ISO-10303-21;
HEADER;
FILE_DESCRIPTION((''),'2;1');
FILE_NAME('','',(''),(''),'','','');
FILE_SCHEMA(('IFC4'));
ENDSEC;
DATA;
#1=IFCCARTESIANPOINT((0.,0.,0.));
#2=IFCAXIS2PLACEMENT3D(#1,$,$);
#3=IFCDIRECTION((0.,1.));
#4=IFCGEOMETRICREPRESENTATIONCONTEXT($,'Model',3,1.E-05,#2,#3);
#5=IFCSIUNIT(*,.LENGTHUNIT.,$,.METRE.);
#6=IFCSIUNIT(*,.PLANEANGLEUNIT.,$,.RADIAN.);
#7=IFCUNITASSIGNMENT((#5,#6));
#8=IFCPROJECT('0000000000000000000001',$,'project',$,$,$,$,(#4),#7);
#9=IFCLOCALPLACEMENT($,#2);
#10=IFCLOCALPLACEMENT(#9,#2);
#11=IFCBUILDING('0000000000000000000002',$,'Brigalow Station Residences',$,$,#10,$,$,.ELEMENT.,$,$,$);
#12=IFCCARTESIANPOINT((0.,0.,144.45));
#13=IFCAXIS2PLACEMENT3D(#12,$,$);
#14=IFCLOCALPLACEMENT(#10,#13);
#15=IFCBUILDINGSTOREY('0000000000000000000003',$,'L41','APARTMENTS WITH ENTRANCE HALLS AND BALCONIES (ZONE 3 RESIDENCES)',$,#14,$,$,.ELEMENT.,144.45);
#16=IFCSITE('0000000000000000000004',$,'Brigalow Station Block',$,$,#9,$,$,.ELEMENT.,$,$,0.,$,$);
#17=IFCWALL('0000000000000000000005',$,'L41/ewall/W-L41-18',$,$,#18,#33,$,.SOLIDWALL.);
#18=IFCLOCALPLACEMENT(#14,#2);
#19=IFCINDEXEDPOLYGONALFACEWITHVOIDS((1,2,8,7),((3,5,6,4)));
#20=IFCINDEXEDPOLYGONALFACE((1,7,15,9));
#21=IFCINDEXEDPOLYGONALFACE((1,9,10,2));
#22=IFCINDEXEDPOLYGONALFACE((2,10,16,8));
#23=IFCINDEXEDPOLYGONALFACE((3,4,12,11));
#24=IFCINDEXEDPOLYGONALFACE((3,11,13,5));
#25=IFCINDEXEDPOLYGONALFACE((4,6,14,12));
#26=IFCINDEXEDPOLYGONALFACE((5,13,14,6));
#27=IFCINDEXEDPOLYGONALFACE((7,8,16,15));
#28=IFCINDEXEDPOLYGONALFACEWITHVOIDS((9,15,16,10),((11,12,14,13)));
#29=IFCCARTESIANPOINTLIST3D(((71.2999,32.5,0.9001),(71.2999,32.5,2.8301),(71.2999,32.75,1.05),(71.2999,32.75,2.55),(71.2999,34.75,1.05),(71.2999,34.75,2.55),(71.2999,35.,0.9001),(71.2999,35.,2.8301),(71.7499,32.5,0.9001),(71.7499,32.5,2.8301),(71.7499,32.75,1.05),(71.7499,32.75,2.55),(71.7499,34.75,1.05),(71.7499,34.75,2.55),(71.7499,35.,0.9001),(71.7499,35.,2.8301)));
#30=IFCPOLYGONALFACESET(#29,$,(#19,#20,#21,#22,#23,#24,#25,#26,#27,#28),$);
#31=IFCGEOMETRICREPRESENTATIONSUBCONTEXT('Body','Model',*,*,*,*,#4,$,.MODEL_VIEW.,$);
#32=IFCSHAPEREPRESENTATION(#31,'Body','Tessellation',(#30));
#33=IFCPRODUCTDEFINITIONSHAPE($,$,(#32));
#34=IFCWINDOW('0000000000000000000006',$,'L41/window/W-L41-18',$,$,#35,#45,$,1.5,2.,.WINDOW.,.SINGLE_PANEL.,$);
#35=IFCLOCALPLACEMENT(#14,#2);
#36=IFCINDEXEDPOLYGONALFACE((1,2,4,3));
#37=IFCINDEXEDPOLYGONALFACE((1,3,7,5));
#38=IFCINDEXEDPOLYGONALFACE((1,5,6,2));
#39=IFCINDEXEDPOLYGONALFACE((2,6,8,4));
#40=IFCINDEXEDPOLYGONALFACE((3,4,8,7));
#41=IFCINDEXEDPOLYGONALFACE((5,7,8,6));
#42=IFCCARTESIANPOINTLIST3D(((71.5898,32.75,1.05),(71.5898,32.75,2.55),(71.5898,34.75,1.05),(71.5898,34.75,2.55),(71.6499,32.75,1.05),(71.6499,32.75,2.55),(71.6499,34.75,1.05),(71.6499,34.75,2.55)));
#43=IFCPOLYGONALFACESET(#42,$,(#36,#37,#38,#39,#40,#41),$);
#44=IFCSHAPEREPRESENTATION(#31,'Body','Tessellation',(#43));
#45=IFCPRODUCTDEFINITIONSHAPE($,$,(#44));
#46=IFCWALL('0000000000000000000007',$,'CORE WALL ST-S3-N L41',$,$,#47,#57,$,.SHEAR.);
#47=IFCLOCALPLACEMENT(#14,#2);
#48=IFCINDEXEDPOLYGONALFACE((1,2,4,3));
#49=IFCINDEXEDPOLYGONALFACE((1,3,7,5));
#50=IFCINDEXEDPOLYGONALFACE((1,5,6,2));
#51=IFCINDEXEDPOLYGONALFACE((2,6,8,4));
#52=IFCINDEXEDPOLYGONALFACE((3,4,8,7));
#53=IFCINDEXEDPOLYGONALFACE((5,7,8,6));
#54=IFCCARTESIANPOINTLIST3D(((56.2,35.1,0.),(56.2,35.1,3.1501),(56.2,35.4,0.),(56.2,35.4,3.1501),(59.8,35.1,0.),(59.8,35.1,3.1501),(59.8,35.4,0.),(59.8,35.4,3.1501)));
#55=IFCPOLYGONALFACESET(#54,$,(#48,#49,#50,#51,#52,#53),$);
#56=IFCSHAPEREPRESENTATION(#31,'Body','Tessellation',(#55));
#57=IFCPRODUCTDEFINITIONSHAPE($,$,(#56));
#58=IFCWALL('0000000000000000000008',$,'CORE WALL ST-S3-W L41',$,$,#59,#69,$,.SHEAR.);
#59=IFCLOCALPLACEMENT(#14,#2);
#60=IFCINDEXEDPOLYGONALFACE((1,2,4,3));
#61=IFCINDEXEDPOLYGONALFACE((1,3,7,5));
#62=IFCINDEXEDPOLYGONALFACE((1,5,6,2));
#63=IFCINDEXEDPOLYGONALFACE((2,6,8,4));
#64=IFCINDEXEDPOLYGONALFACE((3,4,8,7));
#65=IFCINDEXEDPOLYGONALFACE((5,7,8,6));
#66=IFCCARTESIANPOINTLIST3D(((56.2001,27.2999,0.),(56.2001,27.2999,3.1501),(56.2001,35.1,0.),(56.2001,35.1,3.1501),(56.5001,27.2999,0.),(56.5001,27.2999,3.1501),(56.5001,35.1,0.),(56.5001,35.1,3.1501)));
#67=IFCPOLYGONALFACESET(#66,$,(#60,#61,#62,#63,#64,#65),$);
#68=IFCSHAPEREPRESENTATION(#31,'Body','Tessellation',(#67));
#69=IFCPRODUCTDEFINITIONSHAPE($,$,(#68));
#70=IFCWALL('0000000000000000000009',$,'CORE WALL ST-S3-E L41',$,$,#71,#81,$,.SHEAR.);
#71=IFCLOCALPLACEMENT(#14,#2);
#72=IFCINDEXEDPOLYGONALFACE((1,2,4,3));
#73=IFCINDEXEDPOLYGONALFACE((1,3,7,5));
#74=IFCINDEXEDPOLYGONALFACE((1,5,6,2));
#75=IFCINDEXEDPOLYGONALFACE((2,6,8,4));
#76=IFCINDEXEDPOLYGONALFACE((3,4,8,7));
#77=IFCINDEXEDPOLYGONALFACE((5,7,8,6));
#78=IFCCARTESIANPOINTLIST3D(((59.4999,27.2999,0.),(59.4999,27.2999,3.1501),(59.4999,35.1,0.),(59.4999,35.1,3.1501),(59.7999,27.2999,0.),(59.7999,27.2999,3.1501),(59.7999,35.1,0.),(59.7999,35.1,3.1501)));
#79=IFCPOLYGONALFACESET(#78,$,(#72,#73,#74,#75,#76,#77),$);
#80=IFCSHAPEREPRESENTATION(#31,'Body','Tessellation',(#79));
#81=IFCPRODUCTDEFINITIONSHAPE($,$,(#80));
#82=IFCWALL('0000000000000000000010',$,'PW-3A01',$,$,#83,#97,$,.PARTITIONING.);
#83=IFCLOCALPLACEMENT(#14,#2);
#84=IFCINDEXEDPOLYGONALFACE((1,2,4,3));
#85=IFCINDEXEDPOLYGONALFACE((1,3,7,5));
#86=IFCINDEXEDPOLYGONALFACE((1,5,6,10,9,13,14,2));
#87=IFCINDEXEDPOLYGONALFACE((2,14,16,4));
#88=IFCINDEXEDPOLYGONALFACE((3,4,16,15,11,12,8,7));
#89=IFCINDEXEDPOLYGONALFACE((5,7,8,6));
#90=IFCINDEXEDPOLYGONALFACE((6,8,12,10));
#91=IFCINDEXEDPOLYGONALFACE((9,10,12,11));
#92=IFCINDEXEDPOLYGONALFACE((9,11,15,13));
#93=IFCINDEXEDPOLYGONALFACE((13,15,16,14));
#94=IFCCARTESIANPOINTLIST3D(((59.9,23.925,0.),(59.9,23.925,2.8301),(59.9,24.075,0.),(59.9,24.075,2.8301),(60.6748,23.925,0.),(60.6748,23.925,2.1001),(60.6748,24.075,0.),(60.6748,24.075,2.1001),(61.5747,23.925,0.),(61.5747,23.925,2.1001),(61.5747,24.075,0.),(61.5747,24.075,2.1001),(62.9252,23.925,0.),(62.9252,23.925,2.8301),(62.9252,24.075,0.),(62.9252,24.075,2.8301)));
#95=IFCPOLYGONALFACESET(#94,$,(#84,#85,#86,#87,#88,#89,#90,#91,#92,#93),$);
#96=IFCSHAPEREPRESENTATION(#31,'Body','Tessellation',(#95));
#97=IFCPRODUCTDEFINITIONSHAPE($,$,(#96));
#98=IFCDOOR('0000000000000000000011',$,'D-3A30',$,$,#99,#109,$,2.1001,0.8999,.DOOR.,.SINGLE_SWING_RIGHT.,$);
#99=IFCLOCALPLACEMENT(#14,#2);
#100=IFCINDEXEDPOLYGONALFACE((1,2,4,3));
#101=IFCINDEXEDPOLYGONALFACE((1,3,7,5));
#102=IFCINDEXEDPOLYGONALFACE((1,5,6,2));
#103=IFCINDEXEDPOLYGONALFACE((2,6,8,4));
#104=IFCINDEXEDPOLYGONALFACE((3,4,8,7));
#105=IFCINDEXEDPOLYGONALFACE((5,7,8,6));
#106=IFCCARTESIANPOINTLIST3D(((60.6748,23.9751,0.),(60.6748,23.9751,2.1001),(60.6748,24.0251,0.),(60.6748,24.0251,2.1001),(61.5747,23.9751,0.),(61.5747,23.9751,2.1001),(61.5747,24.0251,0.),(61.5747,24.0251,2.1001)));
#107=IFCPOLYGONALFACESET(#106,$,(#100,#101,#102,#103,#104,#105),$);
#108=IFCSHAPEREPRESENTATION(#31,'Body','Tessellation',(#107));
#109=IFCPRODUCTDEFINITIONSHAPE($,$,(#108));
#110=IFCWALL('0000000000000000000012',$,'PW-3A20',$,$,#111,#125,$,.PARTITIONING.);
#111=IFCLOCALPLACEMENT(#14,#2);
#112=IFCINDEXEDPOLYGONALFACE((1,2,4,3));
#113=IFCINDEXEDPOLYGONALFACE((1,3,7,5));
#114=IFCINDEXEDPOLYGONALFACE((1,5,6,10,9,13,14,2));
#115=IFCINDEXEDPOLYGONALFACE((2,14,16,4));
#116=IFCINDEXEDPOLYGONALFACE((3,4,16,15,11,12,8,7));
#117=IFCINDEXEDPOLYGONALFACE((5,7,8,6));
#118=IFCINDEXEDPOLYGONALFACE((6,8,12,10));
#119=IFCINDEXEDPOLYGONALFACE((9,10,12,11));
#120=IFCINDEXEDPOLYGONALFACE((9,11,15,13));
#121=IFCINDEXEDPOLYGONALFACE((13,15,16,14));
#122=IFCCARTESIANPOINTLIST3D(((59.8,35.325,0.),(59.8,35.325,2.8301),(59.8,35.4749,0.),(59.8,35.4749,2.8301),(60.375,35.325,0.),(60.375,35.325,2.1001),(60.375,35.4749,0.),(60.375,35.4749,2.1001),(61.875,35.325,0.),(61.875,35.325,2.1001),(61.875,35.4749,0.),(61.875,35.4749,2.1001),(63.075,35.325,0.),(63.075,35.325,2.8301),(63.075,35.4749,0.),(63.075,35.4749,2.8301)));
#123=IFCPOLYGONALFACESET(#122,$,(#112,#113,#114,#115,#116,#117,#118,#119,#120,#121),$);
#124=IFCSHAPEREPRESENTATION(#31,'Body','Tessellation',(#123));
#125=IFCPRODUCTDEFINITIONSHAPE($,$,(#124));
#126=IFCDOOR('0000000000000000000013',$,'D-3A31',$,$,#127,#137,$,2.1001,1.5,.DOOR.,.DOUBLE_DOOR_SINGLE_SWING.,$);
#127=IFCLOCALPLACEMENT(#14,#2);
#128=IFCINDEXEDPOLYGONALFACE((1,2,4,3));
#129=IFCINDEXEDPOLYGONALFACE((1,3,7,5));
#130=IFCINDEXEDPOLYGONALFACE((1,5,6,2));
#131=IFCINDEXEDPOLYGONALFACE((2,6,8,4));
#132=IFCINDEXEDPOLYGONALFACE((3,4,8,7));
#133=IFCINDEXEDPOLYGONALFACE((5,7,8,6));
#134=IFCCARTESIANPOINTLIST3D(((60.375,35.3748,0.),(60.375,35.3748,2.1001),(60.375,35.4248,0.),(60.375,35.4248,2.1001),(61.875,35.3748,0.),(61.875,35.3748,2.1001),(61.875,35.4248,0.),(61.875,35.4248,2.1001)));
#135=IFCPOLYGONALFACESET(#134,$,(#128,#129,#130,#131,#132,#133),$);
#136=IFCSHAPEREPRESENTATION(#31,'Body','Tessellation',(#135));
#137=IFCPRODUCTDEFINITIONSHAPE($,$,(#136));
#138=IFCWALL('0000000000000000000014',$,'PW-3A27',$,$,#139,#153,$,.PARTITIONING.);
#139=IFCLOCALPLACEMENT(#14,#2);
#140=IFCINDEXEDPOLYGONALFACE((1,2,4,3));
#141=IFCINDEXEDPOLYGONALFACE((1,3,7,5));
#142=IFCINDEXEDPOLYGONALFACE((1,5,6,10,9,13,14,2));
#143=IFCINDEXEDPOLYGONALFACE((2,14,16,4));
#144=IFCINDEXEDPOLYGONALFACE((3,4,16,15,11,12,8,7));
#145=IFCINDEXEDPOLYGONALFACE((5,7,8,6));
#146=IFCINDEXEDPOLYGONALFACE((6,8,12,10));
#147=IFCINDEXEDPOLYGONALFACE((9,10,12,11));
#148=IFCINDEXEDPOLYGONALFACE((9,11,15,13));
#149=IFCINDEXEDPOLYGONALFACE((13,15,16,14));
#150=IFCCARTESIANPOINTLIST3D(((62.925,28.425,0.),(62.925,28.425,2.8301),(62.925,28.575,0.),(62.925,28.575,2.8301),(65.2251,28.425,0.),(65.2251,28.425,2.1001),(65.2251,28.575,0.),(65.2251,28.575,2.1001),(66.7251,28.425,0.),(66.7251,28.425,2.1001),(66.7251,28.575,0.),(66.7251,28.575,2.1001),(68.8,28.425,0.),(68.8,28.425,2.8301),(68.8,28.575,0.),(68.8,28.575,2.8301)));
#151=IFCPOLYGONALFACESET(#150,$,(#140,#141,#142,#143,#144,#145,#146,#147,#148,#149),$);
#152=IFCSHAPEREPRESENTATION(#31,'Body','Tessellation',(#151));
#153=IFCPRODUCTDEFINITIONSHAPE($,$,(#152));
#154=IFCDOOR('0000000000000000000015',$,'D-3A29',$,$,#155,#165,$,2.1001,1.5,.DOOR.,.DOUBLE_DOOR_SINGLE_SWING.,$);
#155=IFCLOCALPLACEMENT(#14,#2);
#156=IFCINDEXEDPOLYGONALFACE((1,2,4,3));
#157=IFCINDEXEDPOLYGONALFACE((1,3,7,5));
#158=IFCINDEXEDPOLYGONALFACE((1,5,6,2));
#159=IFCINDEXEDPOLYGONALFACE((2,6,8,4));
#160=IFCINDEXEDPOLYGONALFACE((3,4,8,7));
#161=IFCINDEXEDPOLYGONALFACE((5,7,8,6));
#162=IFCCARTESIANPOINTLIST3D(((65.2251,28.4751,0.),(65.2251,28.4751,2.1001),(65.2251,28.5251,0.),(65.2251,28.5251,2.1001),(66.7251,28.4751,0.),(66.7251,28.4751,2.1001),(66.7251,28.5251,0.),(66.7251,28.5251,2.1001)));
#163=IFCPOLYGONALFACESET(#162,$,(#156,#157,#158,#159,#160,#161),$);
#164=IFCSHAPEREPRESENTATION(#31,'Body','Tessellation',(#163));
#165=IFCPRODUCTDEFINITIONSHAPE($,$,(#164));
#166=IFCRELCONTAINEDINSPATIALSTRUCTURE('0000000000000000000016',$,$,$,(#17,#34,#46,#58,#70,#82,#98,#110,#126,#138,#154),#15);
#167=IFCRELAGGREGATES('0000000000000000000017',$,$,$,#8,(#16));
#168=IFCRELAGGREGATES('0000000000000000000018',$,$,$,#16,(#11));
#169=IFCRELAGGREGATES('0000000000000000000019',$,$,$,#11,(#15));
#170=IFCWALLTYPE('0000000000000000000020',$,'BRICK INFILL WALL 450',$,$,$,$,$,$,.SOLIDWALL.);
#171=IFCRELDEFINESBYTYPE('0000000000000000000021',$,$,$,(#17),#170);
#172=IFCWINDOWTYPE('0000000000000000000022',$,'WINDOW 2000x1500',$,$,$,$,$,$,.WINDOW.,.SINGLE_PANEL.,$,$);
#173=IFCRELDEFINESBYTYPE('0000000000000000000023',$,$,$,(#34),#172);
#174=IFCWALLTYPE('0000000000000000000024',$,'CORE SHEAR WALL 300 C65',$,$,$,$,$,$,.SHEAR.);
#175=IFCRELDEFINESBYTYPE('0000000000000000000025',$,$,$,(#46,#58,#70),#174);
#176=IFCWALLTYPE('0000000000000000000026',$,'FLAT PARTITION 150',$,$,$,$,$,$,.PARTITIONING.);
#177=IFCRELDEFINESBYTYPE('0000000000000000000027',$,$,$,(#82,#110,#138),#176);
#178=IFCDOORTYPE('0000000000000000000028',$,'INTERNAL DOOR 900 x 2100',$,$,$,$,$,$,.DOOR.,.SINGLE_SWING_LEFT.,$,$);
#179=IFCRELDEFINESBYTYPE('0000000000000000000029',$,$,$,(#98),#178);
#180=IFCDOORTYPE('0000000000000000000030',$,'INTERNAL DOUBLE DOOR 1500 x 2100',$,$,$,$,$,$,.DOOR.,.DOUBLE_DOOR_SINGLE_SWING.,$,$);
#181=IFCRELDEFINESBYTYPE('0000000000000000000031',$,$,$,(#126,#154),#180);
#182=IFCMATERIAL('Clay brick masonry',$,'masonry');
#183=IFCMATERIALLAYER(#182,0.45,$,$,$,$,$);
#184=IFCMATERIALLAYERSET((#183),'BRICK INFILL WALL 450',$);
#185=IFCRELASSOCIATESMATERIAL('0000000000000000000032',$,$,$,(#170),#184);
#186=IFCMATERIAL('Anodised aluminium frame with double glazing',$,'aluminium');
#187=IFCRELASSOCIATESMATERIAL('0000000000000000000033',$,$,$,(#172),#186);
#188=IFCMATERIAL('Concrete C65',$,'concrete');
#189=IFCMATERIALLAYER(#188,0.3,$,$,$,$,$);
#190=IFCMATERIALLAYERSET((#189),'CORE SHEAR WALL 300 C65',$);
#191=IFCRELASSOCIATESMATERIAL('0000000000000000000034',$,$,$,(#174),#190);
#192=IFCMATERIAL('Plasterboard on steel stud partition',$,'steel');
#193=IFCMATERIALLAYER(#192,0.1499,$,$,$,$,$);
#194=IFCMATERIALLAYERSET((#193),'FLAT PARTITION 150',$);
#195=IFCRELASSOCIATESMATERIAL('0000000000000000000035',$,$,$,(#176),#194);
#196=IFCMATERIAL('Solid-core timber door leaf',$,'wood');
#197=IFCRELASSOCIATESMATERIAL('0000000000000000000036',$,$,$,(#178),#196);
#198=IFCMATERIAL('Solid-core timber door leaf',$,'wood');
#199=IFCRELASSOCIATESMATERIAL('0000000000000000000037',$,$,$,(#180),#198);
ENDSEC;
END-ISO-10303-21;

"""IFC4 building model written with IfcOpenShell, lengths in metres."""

from ifc_helpers import new_model, si_unit, direction, frame, frame_2d, origin, place, context, subcontext, project, spatial, rectangle, extrude, material, layer, layer_set, type_object, element, fill, save


model = new_model("IFC4")

# Units and contexts
model_context = context("Model", 3, precision=1e-05, world=origin(), true_north=direction((0.0, 1.0)))
body_context = subcontext(model_context, "Body", "Model", "MODEL_VIEW")
ifc_project = project(units=[si_unit("LENGTHUNIT", "METRE"), si_unit("PLANEANGLEUNIT", "RADIAN")], contexts=[model_context])

# Site, building, storey
site_placement = place(None, origin())
site = spatial("IfcSite", under=ifc_project, at=site_placement, Name="Brigalow Station Block", CompositionType="ELEMENT", RefElevation=0.0)
building_placement = place(site_placement, origin())
building = spatial("IfcBuilding", under=site, at=building_placement, Name="Brigalow Station Residences", CompositionType="ELEMENT")
storey_placement = place(building_placement, frame((0.0, 0.0, 144.45)))
storey = spatial("IfcBuildingStorey", under=building, at=storey_placement, Name="L41", Description="APARTMENTS WITH ENTRANCE HALLS AND BALCONIES (ZONE 3 RESIDENCES)", CompositionType="ELEMENT", Elevation=144.45)

# Shared definitions
ifc_material_1 = material(Name="Clay brick masonry", Category="masonry")
ifc_layer_1 = layer(ifc_material_1, 0.45)
ifc_layer_set_1 = layer_set([ifc_layer_1], Name="BRICK INFILL WALL 450")
wall_type_1 = type_object("IfcWallType", Name="BRICK INFILL WALL 450", PredefinedType="SOLIDWALL", material=ifc_layer_set_1)

# Wall, opening, window
wall_1_placement = place(storey_placement, frame((71.5249, 32.5, 0.9001), z_axis=(0.0, 0.0, 1.0), x_axis=(0.0, 1.0, 0.0)))
wall_1 = element("IfcWall", 1, at=wall_1_placement, inside=storey, type_object=wall_type_1, Name="L41/ewall/W-L41-18", PredefinedType="SOLIDWALL", context=body_context, shape_type="SweptSolid", body=[
    extrude(rectangle(XDim=2.5, YDim=0.45, at=frame_2d((1.25, 0.0))), origin(), (0.0, 0.0, 1.0), 1.9299),
])
opening_1_placement = place(wall_1_placement, frame((0.25, 0.0, 0.1499)))
opening_1 = element("IfcOpeningElement", 2, at=opening_1_placement, cuts=wall_1, PredefinedType="OPENING", context=body_context, shape_type="SweptSolid", body=[
    extrude(rectangle(XDim=2.0, YDim=1.5, at=frame_2d((1.0, 0.75))), frame((0.0, 0.2349, 0.0), z_axis=(0.0, -1.0, 0.0), x_axis=(1.0, 0.0, 0.0)), (0.0, 0.0, 1.0), 0.47),
])
ifc_material_2 = material(Name="Anodised aluminium frame with double glazing", Category="aluminium")
window_type_1 = type_object("IfcWindowType", Name="WINDOW 2000x1500", PartitioningType="SINGLE_PANEL", PredefinedType="WINDOW", material=ifc_material_2)
window_1_placement = place(opening_1_placement, origin())
window_1 = element("IfcWindow", 3, at=window_1_placement, inside=storey, type_object=window_type_1, Name="L41/window/W-L41-18", OverallHeight=1.5, OverallWidth=2.0, PartitioningType="SINGLE_PANEL", PredefinedType="WINDOW", context=body_context, shape_type="SweptSolid", body=[
    extrude(rectangle(XDim=2.0, YDim=1.5, at=frame_2d((1.0, 0.75))), frame((0.0, -0.0649, 0.0), z_axis=(0.0, -1.0, 0.0), x_axis=(1.0, 0.0, 0.0)), (0.0, 0.0, 1.0), 0.0601),
])
fill(opening_1, window_1)

# Walls
ifc_material_3 = material(Name="Concrete C65", Category="concrete")
ifc_layer_2 = layer(ifc_material_3, 0.3)
ifc_layer_set_2 = layer_set([ifc_layer_2], Name="CORE SHEAR WALL 300 C65")
wall_type_2 = type_object("IfcWallType", Name="CORE SHEAR WALL 300 C65", PredefinedType="SHEAR", material=ifc_layer_set_2)
wall_2_placement = place(storey_placement, frame((56.2, 35.25, 0.0), z_axis=(0.0, 0.0, 1.0), x_axis=(1.0, 0.0, 0.0)))
element("IfcWall", 4, at=wall_2_placement, inside=storey, type_object=wall_type_2, Name="CORE WALL ST-S3-N L41", PredefinedType="SHEAR", context=body_context, shape_type="SweptSolid", body=[
    extrude(rectangle(XDim=3.6001, YDim=0.3, at=frame_2d((1.8, 0.0))), origin(), (0.0, 0.0, 1.0), 3.1501),
])
for number, where, z_axis, x_axis, name in (
    (5, (56.3501, 27.3, 0.0), (0.0, 0.0, 1.0), (0.0, 1.0, 0.0), "CORE WALL ST-S3-W L41"),
    (6, (59.6499, 27.3, 0.0), (0.0, 0.0, 1.0), (0.0, 1.0, 0.0), "CORE WALL ST-S3-E L41"),
):
    element("IfcWall", number, at=place(storey_placement, frame(where, z_axis=z_axis, x_axis=x_axis)), inside=storey, type_object=wall_type_2, Name=name, PredefinedType="SHEAR", context=body_context, shape_type="SweptSolid", body=[
        extrude(rectangle(XDim=7.8, YDim=0.3, at=frame_2d((3.8999, 0.0))), origin(), (0.0, 0.0, 1.0), 3.1501),
    ])

# Walls, openings, doors
ifc_material_4 = material(Name="Plasterboard on steel stud partition", Category="steel")
ifc_layer_3 = layer(ifc_material_4, 0.1499)
ifc_layer_set_3 = layer_set([ifc_layer_3], Name="FLAT PARTITION 150")
wall_type_3 = type_object("IfcWallType", Name="FLAT PARTITION 150", PredefinedType="PARTITIONING", material=ifc_layer_set_3)
wall_3_placement = place(storey_placement, frame((59.8999, 24.0, 0.0), z_axis=(0.0, 0.0, 1.0), x_axis=(1.0, 0.0, 0.0)))
wall_3 = element("IfcWall", 7, at=wall_3_placement, inside=storey, type_object=wall_type_3, Name="PW-3A01", PredefinedType="PARTITIONING", context=body_context, shape_type="SweptSolid", body=[
    extrude(rectangle(XDim=3.0251, YDim=0.1499, at=frame_2d((1.5127, 0.0))), origin(), (0.0, 0.0, 1.0), 2.8301),
])
opening_2_placement = place(wall_3_placement, frame((0.7749, 0.0, 0.0)))
opening_2 = element("IfcOpeningElement", 8, at=opening_2_placement, cuts=wall_3, PredefinedType="OPENING", context=body_context, shape_type="SweptSolid", body=[
    extrude(rectangle(XDim=0.8999, YDim=2.1001, at=frame_2d((0.45, 1.05))), frame((0.0, 0.085, 0.0), z_axis=(0.0, -1.0, 0.0), x_axis=(1.0, 0.0, 0.0)), (0.0, 0.0, 1.0), 0.1699),
])
ifc_material_5 = material(Name="Solid-core timber door leaf", Category="wood")
door_type_1 = type_object("IfcDoorType", Name="INTERNAL DOOR 900 x 2100", OperationType="SINGLE_SWING_LEFT", PredefinedType="DOOR", material=ifc_material_5)
door_1_placement = place(opening_2_placement, frame((0.8999, 0.0, 0.0), z_axis=(0.0, 0.0, 1.0), x_axis=(-1.0, 0.0, 0.0)))
door_1 = element("IfcDoor", 9, at=door_1_placement, inside=storey, type_object=door_type_1, Name="D-3A30", OperationType="SINGLE_SWING_RIGHT", OverallHeight=2.1001, OverallWidth=0.8999, PredefinedType="DOOR", context=body_context, shape_type="SweptSolid", body=[
    extrude(rectangle(XDim=0.8999, YDim=2.1001, at=frame_2d((0.45, 1.05))), frame((0.0, 0.0249, 0.0), z_axis=(0.0, -1.0, 0.0), x_axis=(1.0, 0.0, 0.0)), (0.0, 0.0, 1.0), 0.05),
])
fill(opening_2, door_1)
wall_4_placement = place(storey_placement, frame((59.8, 35.3999, 0.0), z_axis=(0.0, 0.0, 1.0), x_axis=(1.0, 0.0, 0.0)))
wall_4 = element("IfcWall", 10, at=wall_4_placement, inside=storey, type_object=wall_type_3, Name="PW-3A20", PredefinedType="PARTITIONING", context=body_context, shape_type="SweptSolid", body=[
    extrude(rectangle(XDim=3.2749, YDim=0.1499, at=frame_2d((1.6375, 0.0))), origin(), (0.0, 0.0, 1.0), 2.8301),
])
opening_3_placement = place(wall_4_placement, frame((0.575, 0.0, 0.0)))
opening_3 = element("IfcOpeningElement", 11, at=opening_3_placement, cuts=wall_4, PredefinedType="OPENING", context=body_context, shape_type="SweptSolid", body=[
    extrude(rectangle(XDim=1.5, YDim=2.1001, at=frame_2d((0.75, 1.05))), frame((0.0, 0.085, 0.0), z_axis=(0.0, -1.0, 0.0), x_axis=(1.0, 0.0, 0.0)), (0.0, 0.0, 1.0), 0.1699),
])
ifc_material_6 = material(Name="Solid-core timber door leaf", Category="wood")
door_type_2 = type_object("IfcDoorType", Name="INTERNAL DOUBLE DOOR 1500 x 2100", OperationType="DOUBLE_DOOR_SINGLE_SWING", PredefinedType="DOOR", material=ifc_material_6)
door_2_placement = place(opening_3_placement, origin())
door_2 = element("IfcDoor", 12, at=door_2_placement, inside=storey, type_object=door_type_2, Name="D-3A31", OperationType="DOUBLE_DOOR_SINGLE_SWING", OverallHeight=2.1001, OverallWidth=1.5, PredefinedType="DOOR", context=body_context, shape_type="SweptSolid", body=[
    extrude(rectangle(XDim=1.5, YDim=2.1001, at=frame_2d((0.75, 1.05))), frame((0.0, 0.0249, 0.0), z_axis=(0.0, -1.0, 0.0), x_axis=(1.0, 0.0, 0.0)), (0.0, 0.0, 1.0), 0.05),
])
fill(opening_3, door_2)
wall_5_placement = place(storey_placement, frame((62.925, 28.5, 0.0), z_axis=(0.0, 0.0, 1.0), x_axis=(1.0, 0.0, 0.0)))
wall_5 = element("IfcWall", 13, at=wall_5_placement, inside=storey, type_object=wall_type_3, Name="PW-3A27", PredefinedType="PARTITIONING", context=body_context, shape_type="SweptSolid", body=[
    extrude(rectangle(XDim=5.875, YDim=0.1499, at=frame_2d((2.9375, 0.0))), origin(), (0.0, 0.0, 1.0), 2.8301),
])
opening_4_placement = place(wall_5_placement, frame((2.3, 0.0, 0.0)))
opening_4 = element("IfcOpeningElement", 14, at=opening_4_placement, cuts=wall_5, PredefinedType="OPENING", context=body_context, shape_type="SweptSolid", body=[
    extrude(rectangle(XDim=1.5, YDim=2.1001, at=frame_2d((0.75, 1.05))), frame((0.0, 0.085, 0.0), z_axis=(0.0, -1.0, 0.0), x_axis=(1.0, 0.0, 0.0)), (0.0, 0.0, 1.0), 0.1699),
])
door_3_placement = place(opening_4_placement, frame((1.5, 0.0, 0.0), z_axis=(0.0, 0.0, 1.0), x_axis=(-1.0, 0.0, 0.0)))
door_3 = element("IfcDoor", 15, at=door_3_placement, inside=storey, type_object=door_type_2, Name="D-3A29", OperationType="DOUBLE_DOOR_SINGLE_SWING", OverallHeight=2.1001, OverallWidth=1.5, PredefinedType="DOOR", context=body_context, shape_type="SweptSolid", body=[
    extrude(rectangle(XDim=1.5, YDim=2.1001, at=frame_2d((0.75, 1.05))), frame((0.0, 0.0249, 0.0), z_axis=(0.0, -1.0, 0.0), x_axis=(1.0, 0.0, 0.0)), (0.0, 0.0, 1.0), 0.05),
])
fill(opening_4, door_3)

save(model, "model.ifc")
